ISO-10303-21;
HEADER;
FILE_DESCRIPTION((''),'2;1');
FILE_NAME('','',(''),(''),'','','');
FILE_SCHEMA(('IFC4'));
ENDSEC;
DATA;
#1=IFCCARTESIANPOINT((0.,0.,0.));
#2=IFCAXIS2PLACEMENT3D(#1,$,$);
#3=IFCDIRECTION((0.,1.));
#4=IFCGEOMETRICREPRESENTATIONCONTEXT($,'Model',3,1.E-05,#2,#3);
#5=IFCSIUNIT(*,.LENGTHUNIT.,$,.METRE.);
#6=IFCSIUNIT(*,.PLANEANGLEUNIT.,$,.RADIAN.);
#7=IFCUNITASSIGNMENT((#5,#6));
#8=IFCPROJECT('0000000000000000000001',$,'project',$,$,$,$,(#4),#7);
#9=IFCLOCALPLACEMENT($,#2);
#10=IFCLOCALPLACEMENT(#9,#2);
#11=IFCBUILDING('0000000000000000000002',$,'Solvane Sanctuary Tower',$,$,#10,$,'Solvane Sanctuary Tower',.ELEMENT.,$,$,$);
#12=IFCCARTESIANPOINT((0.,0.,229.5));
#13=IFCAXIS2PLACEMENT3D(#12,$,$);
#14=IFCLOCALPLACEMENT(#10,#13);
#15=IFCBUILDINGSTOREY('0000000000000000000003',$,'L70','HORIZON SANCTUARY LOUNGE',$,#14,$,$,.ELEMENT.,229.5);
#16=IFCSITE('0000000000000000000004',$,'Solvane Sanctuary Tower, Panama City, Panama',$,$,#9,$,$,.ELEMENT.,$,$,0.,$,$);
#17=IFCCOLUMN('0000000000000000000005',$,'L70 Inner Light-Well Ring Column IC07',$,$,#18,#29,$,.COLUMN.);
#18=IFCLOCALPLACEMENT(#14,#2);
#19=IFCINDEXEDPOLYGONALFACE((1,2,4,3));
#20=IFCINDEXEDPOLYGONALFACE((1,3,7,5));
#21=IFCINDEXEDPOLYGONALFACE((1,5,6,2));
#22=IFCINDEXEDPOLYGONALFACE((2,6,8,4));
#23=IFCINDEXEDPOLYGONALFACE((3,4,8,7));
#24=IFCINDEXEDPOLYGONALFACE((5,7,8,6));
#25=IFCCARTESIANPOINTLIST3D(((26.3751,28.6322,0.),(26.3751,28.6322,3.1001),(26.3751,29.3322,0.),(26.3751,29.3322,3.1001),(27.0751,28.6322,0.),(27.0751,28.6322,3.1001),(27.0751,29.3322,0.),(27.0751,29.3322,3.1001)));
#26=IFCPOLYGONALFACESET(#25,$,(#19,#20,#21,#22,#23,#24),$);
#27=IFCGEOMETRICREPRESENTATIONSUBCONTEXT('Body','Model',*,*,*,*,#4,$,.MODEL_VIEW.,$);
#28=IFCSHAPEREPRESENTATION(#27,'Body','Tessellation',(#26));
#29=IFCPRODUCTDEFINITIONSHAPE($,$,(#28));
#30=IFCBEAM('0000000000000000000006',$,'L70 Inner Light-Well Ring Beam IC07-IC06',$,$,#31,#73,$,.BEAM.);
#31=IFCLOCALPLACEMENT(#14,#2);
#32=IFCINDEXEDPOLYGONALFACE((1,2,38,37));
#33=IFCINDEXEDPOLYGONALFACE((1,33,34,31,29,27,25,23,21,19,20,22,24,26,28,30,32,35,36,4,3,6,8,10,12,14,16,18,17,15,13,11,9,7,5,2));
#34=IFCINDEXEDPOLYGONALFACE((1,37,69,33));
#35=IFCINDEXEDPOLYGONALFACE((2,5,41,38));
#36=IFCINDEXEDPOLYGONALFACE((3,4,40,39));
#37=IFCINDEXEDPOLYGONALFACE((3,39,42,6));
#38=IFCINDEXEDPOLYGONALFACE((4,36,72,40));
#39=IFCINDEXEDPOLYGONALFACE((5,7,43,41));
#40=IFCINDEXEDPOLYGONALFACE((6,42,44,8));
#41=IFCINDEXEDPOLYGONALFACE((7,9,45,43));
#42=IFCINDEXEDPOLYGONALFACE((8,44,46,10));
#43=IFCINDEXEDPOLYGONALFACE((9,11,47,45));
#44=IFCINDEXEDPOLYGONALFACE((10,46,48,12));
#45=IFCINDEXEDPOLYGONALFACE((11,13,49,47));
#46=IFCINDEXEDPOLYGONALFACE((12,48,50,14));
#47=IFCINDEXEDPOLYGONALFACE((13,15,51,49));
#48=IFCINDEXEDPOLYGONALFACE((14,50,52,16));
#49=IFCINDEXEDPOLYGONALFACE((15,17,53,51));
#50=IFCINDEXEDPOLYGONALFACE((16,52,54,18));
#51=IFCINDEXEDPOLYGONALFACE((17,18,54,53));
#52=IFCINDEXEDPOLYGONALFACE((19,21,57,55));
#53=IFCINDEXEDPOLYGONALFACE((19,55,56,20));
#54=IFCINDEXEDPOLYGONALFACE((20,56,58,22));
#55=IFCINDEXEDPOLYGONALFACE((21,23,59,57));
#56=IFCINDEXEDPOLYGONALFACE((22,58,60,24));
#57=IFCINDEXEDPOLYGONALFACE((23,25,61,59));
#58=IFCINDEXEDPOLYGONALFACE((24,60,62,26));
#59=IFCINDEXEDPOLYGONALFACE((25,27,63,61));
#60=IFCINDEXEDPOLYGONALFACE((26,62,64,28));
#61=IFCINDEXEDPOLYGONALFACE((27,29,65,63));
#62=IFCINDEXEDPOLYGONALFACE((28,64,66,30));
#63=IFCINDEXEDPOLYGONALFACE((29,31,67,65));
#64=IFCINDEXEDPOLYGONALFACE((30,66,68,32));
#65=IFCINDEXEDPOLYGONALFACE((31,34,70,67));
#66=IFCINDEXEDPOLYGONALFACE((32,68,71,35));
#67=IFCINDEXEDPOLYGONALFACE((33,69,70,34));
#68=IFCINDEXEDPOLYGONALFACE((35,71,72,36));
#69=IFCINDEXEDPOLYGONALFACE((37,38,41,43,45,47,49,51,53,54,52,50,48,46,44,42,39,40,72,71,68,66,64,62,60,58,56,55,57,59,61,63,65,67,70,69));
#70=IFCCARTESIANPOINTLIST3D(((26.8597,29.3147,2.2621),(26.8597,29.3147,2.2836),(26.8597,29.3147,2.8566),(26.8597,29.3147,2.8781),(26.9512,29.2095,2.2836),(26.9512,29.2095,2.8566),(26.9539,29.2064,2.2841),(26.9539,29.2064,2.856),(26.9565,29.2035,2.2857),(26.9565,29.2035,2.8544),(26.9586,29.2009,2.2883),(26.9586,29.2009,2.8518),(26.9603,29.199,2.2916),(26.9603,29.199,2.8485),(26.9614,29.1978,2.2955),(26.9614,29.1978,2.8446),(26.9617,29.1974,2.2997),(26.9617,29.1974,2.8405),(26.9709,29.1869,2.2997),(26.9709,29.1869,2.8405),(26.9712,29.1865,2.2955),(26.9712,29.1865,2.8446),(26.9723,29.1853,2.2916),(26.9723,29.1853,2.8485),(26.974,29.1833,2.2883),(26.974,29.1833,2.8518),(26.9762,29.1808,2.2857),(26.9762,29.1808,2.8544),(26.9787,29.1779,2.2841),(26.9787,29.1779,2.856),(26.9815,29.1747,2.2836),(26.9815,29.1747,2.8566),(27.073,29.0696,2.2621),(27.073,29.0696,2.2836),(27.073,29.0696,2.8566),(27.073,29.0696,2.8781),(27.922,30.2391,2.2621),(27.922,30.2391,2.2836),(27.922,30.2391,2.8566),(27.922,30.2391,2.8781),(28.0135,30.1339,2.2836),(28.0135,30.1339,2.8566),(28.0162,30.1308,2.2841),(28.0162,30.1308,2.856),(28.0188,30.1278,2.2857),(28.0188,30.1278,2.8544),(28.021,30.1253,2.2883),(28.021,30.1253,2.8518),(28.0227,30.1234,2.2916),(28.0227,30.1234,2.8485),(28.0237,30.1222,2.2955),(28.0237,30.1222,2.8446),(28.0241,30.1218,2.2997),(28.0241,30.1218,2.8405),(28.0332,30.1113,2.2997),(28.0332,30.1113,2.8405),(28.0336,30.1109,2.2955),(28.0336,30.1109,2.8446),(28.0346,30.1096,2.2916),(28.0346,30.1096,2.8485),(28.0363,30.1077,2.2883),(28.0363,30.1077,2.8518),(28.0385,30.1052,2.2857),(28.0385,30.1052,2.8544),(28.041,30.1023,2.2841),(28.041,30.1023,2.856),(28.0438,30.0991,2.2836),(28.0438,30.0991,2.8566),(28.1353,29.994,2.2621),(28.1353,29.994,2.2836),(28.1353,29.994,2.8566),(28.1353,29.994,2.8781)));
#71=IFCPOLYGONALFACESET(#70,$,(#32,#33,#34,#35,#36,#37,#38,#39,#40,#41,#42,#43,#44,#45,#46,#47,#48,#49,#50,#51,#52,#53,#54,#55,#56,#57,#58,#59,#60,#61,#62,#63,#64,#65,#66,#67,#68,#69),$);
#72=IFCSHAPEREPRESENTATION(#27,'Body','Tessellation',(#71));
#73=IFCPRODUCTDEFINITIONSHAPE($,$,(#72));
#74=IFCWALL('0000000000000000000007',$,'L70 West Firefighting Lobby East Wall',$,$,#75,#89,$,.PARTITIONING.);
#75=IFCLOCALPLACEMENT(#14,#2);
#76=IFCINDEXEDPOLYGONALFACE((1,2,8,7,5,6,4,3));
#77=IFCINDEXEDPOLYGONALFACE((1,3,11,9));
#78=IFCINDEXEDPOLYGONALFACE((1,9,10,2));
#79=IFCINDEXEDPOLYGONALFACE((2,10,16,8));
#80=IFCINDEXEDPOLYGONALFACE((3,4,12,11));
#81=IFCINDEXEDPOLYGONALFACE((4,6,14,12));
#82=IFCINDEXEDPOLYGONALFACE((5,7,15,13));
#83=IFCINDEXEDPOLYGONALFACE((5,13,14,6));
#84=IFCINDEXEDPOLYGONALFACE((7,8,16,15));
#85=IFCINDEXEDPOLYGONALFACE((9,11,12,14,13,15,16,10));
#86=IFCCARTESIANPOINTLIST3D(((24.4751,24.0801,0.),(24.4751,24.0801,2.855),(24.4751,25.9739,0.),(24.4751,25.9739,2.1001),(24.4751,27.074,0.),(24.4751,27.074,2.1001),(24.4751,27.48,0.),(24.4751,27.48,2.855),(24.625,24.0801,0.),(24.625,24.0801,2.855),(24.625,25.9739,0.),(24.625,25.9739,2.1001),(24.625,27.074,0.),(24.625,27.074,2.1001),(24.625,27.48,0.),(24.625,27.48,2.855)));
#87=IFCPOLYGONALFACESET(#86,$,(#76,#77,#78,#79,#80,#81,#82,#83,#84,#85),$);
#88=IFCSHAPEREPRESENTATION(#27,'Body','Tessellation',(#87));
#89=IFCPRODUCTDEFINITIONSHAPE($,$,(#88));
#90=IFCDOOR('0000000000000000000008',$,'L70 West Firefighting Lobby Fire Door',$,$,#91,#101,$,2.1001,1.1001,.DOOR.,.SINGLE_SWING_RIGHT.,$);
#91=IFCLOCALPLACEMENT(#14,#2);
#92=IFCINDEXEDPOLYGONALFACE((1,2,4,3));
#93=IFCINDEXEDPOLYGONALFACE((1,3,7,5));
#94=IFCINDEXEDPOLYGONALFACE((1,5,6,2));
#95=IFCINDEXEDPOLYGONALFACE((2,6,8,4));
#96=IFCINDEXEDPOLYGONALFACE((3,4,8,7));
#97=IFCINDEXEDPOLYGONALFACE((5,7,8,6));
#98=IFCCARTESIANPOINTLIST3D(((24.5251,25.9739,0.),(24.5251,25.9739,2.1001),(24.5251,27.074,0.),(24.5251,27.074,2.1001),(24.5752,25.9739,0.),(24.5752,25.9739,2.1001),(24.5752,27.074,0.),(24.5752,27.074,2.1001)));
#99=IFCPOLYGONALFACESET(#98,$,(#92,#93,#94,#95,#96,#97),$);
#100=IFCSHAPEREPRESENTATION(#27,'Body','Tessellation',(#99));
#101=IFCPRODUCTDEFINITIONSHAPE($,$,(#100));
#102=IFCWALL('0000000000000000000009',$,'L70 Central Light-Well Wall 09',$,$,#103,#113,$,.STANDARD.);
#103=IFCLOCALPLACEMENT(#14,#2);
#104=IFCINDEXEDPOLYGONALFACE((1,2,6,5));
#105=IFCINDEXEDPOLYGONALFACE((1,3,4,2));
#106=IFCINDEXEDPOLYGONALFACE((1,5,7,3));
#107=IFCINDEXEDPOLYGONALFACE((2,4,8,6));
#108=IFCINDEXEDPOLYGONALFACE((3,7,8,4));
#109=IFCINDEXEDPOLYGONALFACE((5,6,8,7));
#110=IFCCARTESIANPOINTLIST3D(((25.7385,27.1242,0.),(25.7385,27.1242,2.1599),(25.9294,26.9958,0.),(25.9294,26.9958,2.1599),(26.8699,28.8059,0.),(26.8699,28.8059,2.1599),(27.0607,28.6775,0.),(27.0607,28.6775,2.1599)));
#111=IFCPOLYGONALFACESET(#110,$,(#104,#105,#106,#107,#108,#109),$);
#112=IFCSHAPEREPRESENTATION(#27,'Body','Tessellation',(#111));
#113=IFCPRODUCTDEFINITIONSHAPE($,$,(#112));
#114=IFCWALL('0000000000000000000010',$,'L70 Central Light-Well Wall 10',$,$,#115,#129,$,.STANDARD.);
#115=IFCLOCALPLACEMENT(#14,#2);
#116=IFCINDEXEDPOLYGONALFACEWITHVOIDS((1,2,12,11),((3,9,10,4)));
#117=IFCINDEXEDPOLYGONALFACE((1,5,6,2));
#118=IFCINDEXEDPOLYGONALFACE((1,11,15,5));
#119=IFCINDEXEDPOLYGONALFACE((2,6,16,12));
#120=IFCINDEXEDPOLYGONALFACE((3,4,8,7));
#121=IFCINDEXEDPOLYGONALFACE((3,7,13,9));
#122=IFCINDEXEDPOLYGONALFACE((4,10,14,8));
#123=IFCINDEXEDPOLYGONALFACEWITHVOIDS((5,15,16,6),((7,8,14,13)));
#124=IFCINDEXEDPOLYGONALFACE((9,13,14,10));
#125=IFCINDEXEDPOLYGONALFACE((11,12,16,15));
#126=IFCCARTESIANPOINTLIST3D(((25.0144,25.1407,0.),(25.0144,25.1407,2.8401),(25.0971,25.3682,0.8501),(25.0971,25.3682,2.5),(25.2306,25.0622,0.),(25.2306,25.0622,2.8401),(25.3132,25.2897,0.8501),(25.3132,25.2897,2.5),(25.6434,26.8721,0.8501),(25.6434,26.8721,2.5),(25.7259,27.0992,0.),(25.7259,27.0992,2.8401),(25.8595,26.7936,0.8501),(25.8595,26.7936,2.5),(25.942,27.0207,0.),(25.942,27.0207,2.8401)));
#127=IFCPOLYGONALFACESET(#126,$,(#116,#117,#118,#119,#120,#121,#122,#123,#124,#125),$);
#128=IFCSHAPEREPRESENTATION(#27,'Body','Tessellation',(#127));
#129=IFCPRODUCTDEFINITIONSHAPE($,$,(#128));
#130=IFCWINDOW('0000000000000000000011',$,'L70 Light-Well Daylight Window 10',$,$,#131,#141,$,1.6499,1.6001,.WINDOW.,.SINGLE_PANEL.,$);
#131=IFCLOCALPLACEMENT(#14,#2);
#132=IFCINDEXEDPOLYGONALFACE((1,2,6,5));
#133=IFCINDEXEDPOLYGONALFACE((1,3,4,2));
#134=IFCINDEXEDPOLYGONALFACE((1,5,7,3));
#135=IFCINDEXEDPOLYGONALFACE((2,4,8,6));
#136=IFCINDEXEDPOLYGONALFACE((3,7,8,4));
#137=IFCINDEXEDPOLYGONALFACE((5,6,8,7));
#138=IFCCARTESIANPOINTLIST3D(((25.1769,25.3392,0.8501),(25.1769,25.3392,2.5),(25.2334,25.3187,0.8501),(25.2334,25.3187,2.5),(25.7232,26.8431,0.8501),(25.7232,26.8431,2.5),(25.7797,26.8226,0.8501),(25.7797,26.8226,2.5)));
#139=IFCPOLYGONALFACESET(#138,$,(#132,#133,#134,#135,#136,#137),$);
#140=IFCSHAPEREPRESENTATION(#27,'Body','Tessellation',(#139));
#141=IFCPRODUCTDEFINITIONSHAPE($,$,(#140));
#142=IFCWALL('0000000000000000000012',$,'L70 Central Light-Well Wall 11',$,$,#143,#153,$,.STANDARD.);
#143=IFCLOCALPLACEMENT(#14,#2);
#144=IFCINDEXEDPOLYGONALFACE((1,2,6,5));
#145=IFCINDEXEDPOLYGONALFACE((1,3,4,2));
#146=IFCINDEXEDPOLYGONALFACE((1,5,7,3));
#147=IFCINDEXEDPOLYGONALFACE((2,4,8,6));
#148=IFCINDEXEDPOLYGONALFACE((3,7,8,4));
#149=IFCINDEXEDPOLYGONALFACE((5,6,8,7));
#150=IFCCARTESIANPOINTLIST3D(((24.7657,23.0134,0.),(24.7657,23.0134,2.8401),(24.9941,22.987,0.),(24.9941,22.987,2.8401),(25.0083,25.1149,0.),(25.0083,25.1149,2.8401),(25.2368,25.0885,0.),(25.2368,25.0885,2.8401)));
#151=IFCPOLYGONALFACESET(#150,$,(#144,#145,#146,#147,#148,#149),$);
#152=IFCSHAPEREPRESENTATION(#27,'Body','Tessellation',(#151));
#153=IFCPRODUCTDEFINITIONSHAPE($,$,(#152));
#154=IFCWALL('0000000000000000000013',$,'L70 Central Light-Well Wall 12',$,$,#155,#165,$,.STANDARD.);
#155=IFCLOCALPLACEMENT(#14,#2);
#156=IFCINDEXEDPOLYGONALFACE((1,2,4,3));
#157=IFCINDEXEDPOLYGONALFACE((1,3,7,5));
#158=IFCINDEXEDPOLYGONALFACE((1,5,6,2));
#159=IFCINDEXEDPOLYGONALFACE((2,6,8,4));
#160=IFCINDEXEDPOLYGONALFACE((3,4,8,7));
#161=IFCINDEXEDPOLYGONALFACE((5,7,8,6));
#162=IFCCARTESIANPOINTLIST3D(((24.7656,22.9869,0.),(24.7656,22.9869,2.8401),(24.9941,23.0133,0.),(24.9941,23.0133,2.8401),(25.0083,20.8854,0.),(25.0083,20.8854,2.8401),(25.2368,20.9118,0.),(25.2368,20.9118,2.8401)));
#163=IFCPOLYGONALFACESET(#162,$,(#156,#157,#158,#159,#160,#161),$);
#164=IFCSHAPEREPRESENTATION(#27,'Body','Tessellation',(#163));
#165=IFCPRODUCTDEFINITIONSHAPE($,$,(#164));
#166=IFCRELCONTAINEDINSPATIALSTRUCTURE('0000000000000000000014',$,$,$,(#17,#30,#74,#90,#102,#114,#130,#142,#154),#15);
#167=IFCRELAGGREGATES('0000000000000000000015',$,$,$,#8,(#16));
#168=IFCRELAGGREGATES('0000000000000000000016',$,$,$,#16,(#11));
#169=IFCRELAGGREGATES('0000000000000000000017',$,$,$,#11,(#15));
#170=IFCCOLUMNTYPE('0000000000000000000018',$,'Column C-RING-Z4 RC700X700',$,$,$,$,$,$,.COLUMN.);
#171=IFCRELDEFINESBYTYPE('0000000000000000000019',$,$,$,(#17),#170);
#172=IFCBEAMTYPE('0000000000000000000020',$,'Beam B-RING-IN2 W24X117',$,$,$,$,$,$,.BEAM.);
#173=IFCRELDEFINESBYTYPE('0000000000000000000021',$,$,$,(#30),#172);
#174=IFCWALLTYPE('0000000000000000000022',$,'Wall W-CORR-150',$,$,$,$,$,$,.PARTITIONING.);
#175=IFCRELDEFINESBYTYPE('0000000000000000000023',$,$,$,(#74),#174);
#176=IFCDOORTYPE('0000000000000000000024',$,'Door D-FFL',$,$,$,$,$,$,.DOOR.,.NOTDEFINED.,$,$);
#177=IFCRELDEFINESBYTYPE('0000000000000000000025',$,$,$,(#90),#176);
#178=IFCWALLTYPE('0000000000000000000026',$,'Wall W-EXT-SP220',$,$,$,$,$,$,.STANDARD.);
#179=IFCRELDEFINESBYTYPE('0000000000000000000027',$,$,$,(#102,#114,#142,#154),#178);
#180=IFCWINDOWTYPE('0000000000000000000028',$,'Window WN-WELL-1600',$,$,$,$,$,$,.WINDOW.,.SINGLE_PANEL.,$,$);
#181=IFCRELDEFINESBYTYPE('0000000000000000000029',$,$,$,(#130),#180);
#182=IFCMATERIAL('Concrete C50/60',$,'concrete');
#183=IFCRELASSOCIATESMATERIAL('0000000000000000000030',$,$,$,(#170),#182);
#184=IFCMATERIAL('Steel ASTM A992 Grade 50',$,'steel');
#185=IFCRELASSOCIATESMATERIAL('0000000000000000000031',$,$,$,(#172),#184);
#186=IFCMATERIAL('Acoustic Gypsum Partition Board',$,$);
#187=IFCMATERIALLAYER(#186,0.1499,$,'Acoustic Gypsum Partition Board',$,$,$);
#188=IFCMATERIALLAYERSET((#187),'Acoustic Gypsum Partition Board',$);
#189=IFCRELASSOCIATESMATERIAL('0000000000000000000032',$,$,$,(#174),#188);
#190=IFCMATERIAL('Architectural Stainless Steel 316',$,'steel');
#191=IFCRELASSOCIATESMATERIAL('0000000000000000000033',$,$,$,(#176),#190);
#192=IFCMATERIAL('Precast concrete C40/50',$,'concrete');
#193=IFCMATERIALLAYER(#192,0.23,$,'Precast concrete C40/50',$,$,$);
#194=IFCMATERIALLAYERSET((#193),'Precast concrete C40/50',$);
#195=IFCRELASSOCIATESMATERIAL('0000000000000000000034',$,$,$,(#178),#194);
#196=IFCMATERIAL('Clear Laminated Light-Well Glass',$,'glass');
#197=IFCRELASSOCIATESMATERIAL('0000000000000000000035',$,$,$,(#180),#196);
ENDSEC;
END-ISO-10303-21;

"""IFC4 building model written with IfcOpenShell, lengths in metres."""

from ifc_helpers import new_model, si_unit, direction, frame, frame_2d, origin, origin_2d, place, context, subcontext, project, spatial, rectangle, i_section, extrude, material, layer, layer_set, material_profile, profile_set, type_object, element, fill, save


model = new_model("IFC4")

# Units and contexts
model_context = context("Model", 3, precision=1e-05, world=origin(), true_north=direction((0.0, 1.0)))
body_context = subcontext(model_context, "Body", "Model", "MODEL_VIEW")
ifc_project = project(units=[si_unit("LENGTHUNIT", "METRE"), si_unit("PLANEANGLEUNIT", "RADIAN")], contexts=[model_context])

# Site, building, storey
site_placement = place(None, origin())
site = spatial("IfcSite", under=ifc_project, at=site_placement, Name="Solvane Sanctuary Tower, Panama City, Panama", CompositionType="ELEMENT", RefElevation=0.0)
building_placement = place(site_placement, origin())
building = spatial("IfcBuilding", under=site, at=building_placement, Name="Solvane Sanctuary Tower", LongName="Solvane Sanctuary Tower", CompositionType="ELEMENT")
storey_placement = place(building_placement, frame((0.0, 0.0, 229.5)))
storey = spatial("IfcBuildingStorey", under=building, at=storey_placement, Name="L70", Description="HORIZON SANCTUARY LOUNGE", CompositionType="ELEMENT", Elevation=229.5)

# Column
ifc_material_1 = material(Name="Concrete C50/60", Category="concrete")
ifc_material_profile_1 = material_profile(ifc_material_1, rectangle(XDim=0.7, YDim=0.7, at=origin_2d()), Name="RC700X700")
ifc_profile_set_1 = profile_set([ifc_material_profile_1], Name="Concrete C50/60")
column_type = type_object("IfcColumnType", Name="Column C-RING-Z4 RC700X700", PredefinedType="COLUMN", material=ifc_profile_set_1)
column_placement = place(storey_placement, frame((26.7251, 28.9822, 0.0), z_axis=(0.0, 0.0, 1.0), x_axis=(1.0, 0.0, 0.0)))
element("IfcColumn", 1, at=column_placement, inside=storey, type_object=column_type, Name="L70 Inner Light-Well Ring Column IC07", PredefinedType="COLUMN", context=body_context, shape_type="SweptSolid", body=[
    extrude(rectangle(XDim=0.7, YDim=0.7, at=origin_2d()), origin(), (0.0, 0.0, 1.0), 3.1001),
])

# Beam
ifc_material_2 = material(Name="Steel ASTM A992 Grade 50", Category="steel")
ifc_material_profile_2 = material_profile(ifc_material_2, i_section(OverallWidth=0.325, OverallDepth=0.616, WebThickness=0.0139, FlangeThickness=0.0215, FilletRadius=0.0161, at=origin_2d()), Name="W24X117")
ifc_profile_set_2 = profile_set([ifc_material_profile_2], Name="Steel ASTM A992 Grade 50")
beam_type = type_object("IfcBeamType", Name="Beam B-RING-IN2 W24X117", PredefinedType="BEAM", material=ifc_profile_set_2)
beam_placement = place(storey_placement, frame((26.9663, 29.1921, 2.5701), z_axis=(0.754389, 0.656428, 0.0), x_axis=(-0.656428, 0.754389, 0.0)))
element("IfcBeam", 2, at=beam_placement, inside=storey, type_object=beam_type, Name="L70 Inner Light-Well Ring Beam IC07-IC06", PredefinedType="BEAM", context=body_context, shape_type="SweptSolid", body=[
    extrude(i_section(OverallWidth=0.325, OverallDepth=0.616, WebThickness=0.0139, FlangeThickness=0.0215, FilletRadius=0.0161, at=origin_2d()), origin(), (0.0, 0.0, 1.0), 1.4082),
])

# Wall, opening, door
ifc_material_3 = material(Name="Acoustic Gypsum Partition Board")
ifc_layer_1 = layer(ifc_material_3, 0.1499, Name="Acoustic Gypsum Partition Board")
ifc_layer_set_1 = layer_set([ifc_layer_1], Name="Acoustic Gypsum Partition Board")
wall_type_1 = type_object("IfcWallType", Name="Wall W-CORR-150", PredefinedType="PARTITIONING", material=ifc_layer_set_1)
wall_1_placement = place(storey_placement, frame((24.55, 24.0801, 0.0), z_axis=(0.0, 0.0, 1.0), x_axis=(0.0, 1.0, 0.0)))
wall_1 = element("IfcWall", 3, at=wall_1_placement, inside=storey, type_object=wall_type_1, Name="L70 West Firefighting Lobby East Wall", PredefinedType="PARTITIONING", context=body_context, shape_type="SweptSolid", body=[
    extrude(rectangle(XDim=3.3999, YDim=0.1499, at=frame_2d((1.7, 0.0))), origin(), (0.0, 0.0, 1.0), 2.855),
])
opening_1_placement = place(wall_1_placement, frame((1.8938, 0.0, 0.0)))
opening_1 = element("IfcOpeningElement", 4, at=opening_1_placement, cuts=wall_1, PredefinedType="OPENING", context=body_context, shape_type="SweptSolid", body=[
    extrude(rectangle(XDim=1.1001, YDim=2.1001, at=frame_2d((0.55, 1.05))), frame((0.0, 0.085, 0.0), z_axis=(0.0, -1.0, 0.0), x_axis=(1.0, 0.0, 0.0)), (0.0, 0.0, 1.0), 0.1699),
])
ifc_material_4 = material(Name="Architectural Stainless Steel 316", Category="steel")
door_type_1 = type_object("IfcDoorType", Name="Door D-FFL", OperationType="NOTDEFINED", PredefinedType="DOOR", material=ifc_material_4)
door_1_placement = place(opening_1_placement, origin())
door_1 = element("IfcDoor", 5, at=door_1_placement, inside=storey, type_object=door_type_1, Name="L70 West Firefighting Lobby Fire Door", OperationType="SINGLE_SWING_RIGHT", OverallHeight=2.1001, OverallWidth=1.1001, PredefinedType="DOOR", context=body_context, shape_type="SweptSolid", body=[
    extrude(rectangle(XDim=1.1001, YDim=2.1001, at=frame_2d((0.55, 1.05))), frame((0.0, 0.0249, 0.0), z_axis=(0.0, -1.0, 0.0), x_axis=(1.0, 0.0, 0.0)), (0.0, 0.0, 1.0), 0.05),
])
fill(opening_1, door_1)

# Wall
ifc_material_5 = material(Name="Precast concrete C40/50", Category="concrete")
ifc_layer_2 = layer(ifc_material_5, 0.23, Name="Precast concrete C40/50")
ifc_layer_set_2 = layer_set([ifc_layer_2], Name="Precast concrete C40/50")
wall_type_2 = type_object("IfcWallType", Name="Wall W-EXT-SP220", PredefinedType="STANDARD", material=ifc_layer_set_2)
wall_2_placement = place(storey_placement, frame((26.9653, 28.7417, 0.0), z_axis=(0.0, 0.0, 1.0), x_axis=(-0.558198, -0.829708, 0.0)))
element("IfcWall", 6, at=wall_2_placement, inside=storey, type_object=wall_type_2, Name="L70 Central Light-Well Wall 09", PredefinedType="STANDARD", context=body_context, shape_type="SweptSolid", body=[
    extrude(rectangle(XDim=2.0269, YDim=0.23, at=frame_2d((1.0134, 0.0))), origin(), (0.0, 0.0, 1.0), 2.1599),
])

# Wall, opening, window
wall_3_placement = place(storey_placement, frame((25.834, 27.0601, 0.0), z_axis=(0.0, 0.0, 1.0), x_axis=(-0.341423, -0.93991, 0.0)))
wall_3 = element("IfcWall", 7, at=wall_3_placement, inside=storey, type_object=wall_type_2, Name="L70 Central Light-Well Wall 10", PredefinedType="STANDARD", context=body_context, shape_type="SweptSolid", body=[
    extrude(rectangle(XDim=2.0837, YDim=0.23, at=frame_2d((1.042, 0.0))), origin(), (0.0, 0.0, 1.0), 2.8401),
])
opening_2_placement = place(wall_3_placement, frame((0.2417, 0.0, 0.8501)))
opening_2 = element("IfcOpeningElement", 8, at=opening_2_placement, cuts=wall_3, PredefinedType="OPENING", context=body_context, shape_type="SweptSolid", body=[
    extrude(rectangle(XDim=1.6001, YDim=1.6499, at=frame_2d((0.8, 0.825))), frame((0.0, 0.125, 0.0), z_axis=(0.0, -1.0, 0.0), x_axis=(1.0, 0.0, 0.0)), (0.0, 0.0, 1.0), 0.25),
])
ifc_material_6 = material(Name="Clear Laminated Light-Well Glass", Category="glass")
window_type = type_object("IfcWindowType", Name="Window WN-WELL-1600", PartitioningType="SINGLE_PANEL", PredefinedType="WINDOW", material=ifc_material_6)
window_1_placement = place(opening_2_placement, origin())
window_1 = element("IfcWindow", 9, at=window_1_placement, inside=storey, type_object=window_type, Name="L70 Light-Well Daylight Window 10", OverallHeight=1.6499, OverallWidth=1.6001, PartitioningType="SINGLE_PANEL", PredefinedType="WINDOW", context=body_context, shape_type="SweptSolid", body=[
    extrude(rectangle(XDim=1.6001, YDim=1.6499, at=frame_2d((0.8, 0.825))), frame((0.0, 0.03, 0.0), z_axis=(0.0, -1.0, 0.0), x_axis=(1.0, 0.0, 0.0)), (0.0, 0.0, 1.0), 0.0601),
])
fill(opening_2, window_1)

# Walls
for number, where, z_axis, x_axis, name in (
    (10, (25.1226, 25.1016, 0.0), (0.0, 0.0, 1.0), (-0.114712, -0.993399, 0.0), "L70 Central Light-Well Wall 11"),
    (11, (24.8799, 23.0, 0.0), (0.0, 0.0, 1.0), (0.114712, -0.993399, 0.0), "L70 Central Light-Well Wall 12"),
):
    element("IfcWall", number, at=place(storey_placement, frame(where, z_axis=z_axis, x_axis=x_axis)), inside=storey, type_object=wall_type_2, Name=name, PredefinedType="STANDARD", context=body_context, shape_type="SweptSolid", body=[
        extrude(rectangle(XDim=2.1155, YDim=0.23, at=frame_2d((1.0576, 0.0))), origin(), (0.0, 0.0, 1.0), 2.8401),
    ])

save(model, "model.ifc")
